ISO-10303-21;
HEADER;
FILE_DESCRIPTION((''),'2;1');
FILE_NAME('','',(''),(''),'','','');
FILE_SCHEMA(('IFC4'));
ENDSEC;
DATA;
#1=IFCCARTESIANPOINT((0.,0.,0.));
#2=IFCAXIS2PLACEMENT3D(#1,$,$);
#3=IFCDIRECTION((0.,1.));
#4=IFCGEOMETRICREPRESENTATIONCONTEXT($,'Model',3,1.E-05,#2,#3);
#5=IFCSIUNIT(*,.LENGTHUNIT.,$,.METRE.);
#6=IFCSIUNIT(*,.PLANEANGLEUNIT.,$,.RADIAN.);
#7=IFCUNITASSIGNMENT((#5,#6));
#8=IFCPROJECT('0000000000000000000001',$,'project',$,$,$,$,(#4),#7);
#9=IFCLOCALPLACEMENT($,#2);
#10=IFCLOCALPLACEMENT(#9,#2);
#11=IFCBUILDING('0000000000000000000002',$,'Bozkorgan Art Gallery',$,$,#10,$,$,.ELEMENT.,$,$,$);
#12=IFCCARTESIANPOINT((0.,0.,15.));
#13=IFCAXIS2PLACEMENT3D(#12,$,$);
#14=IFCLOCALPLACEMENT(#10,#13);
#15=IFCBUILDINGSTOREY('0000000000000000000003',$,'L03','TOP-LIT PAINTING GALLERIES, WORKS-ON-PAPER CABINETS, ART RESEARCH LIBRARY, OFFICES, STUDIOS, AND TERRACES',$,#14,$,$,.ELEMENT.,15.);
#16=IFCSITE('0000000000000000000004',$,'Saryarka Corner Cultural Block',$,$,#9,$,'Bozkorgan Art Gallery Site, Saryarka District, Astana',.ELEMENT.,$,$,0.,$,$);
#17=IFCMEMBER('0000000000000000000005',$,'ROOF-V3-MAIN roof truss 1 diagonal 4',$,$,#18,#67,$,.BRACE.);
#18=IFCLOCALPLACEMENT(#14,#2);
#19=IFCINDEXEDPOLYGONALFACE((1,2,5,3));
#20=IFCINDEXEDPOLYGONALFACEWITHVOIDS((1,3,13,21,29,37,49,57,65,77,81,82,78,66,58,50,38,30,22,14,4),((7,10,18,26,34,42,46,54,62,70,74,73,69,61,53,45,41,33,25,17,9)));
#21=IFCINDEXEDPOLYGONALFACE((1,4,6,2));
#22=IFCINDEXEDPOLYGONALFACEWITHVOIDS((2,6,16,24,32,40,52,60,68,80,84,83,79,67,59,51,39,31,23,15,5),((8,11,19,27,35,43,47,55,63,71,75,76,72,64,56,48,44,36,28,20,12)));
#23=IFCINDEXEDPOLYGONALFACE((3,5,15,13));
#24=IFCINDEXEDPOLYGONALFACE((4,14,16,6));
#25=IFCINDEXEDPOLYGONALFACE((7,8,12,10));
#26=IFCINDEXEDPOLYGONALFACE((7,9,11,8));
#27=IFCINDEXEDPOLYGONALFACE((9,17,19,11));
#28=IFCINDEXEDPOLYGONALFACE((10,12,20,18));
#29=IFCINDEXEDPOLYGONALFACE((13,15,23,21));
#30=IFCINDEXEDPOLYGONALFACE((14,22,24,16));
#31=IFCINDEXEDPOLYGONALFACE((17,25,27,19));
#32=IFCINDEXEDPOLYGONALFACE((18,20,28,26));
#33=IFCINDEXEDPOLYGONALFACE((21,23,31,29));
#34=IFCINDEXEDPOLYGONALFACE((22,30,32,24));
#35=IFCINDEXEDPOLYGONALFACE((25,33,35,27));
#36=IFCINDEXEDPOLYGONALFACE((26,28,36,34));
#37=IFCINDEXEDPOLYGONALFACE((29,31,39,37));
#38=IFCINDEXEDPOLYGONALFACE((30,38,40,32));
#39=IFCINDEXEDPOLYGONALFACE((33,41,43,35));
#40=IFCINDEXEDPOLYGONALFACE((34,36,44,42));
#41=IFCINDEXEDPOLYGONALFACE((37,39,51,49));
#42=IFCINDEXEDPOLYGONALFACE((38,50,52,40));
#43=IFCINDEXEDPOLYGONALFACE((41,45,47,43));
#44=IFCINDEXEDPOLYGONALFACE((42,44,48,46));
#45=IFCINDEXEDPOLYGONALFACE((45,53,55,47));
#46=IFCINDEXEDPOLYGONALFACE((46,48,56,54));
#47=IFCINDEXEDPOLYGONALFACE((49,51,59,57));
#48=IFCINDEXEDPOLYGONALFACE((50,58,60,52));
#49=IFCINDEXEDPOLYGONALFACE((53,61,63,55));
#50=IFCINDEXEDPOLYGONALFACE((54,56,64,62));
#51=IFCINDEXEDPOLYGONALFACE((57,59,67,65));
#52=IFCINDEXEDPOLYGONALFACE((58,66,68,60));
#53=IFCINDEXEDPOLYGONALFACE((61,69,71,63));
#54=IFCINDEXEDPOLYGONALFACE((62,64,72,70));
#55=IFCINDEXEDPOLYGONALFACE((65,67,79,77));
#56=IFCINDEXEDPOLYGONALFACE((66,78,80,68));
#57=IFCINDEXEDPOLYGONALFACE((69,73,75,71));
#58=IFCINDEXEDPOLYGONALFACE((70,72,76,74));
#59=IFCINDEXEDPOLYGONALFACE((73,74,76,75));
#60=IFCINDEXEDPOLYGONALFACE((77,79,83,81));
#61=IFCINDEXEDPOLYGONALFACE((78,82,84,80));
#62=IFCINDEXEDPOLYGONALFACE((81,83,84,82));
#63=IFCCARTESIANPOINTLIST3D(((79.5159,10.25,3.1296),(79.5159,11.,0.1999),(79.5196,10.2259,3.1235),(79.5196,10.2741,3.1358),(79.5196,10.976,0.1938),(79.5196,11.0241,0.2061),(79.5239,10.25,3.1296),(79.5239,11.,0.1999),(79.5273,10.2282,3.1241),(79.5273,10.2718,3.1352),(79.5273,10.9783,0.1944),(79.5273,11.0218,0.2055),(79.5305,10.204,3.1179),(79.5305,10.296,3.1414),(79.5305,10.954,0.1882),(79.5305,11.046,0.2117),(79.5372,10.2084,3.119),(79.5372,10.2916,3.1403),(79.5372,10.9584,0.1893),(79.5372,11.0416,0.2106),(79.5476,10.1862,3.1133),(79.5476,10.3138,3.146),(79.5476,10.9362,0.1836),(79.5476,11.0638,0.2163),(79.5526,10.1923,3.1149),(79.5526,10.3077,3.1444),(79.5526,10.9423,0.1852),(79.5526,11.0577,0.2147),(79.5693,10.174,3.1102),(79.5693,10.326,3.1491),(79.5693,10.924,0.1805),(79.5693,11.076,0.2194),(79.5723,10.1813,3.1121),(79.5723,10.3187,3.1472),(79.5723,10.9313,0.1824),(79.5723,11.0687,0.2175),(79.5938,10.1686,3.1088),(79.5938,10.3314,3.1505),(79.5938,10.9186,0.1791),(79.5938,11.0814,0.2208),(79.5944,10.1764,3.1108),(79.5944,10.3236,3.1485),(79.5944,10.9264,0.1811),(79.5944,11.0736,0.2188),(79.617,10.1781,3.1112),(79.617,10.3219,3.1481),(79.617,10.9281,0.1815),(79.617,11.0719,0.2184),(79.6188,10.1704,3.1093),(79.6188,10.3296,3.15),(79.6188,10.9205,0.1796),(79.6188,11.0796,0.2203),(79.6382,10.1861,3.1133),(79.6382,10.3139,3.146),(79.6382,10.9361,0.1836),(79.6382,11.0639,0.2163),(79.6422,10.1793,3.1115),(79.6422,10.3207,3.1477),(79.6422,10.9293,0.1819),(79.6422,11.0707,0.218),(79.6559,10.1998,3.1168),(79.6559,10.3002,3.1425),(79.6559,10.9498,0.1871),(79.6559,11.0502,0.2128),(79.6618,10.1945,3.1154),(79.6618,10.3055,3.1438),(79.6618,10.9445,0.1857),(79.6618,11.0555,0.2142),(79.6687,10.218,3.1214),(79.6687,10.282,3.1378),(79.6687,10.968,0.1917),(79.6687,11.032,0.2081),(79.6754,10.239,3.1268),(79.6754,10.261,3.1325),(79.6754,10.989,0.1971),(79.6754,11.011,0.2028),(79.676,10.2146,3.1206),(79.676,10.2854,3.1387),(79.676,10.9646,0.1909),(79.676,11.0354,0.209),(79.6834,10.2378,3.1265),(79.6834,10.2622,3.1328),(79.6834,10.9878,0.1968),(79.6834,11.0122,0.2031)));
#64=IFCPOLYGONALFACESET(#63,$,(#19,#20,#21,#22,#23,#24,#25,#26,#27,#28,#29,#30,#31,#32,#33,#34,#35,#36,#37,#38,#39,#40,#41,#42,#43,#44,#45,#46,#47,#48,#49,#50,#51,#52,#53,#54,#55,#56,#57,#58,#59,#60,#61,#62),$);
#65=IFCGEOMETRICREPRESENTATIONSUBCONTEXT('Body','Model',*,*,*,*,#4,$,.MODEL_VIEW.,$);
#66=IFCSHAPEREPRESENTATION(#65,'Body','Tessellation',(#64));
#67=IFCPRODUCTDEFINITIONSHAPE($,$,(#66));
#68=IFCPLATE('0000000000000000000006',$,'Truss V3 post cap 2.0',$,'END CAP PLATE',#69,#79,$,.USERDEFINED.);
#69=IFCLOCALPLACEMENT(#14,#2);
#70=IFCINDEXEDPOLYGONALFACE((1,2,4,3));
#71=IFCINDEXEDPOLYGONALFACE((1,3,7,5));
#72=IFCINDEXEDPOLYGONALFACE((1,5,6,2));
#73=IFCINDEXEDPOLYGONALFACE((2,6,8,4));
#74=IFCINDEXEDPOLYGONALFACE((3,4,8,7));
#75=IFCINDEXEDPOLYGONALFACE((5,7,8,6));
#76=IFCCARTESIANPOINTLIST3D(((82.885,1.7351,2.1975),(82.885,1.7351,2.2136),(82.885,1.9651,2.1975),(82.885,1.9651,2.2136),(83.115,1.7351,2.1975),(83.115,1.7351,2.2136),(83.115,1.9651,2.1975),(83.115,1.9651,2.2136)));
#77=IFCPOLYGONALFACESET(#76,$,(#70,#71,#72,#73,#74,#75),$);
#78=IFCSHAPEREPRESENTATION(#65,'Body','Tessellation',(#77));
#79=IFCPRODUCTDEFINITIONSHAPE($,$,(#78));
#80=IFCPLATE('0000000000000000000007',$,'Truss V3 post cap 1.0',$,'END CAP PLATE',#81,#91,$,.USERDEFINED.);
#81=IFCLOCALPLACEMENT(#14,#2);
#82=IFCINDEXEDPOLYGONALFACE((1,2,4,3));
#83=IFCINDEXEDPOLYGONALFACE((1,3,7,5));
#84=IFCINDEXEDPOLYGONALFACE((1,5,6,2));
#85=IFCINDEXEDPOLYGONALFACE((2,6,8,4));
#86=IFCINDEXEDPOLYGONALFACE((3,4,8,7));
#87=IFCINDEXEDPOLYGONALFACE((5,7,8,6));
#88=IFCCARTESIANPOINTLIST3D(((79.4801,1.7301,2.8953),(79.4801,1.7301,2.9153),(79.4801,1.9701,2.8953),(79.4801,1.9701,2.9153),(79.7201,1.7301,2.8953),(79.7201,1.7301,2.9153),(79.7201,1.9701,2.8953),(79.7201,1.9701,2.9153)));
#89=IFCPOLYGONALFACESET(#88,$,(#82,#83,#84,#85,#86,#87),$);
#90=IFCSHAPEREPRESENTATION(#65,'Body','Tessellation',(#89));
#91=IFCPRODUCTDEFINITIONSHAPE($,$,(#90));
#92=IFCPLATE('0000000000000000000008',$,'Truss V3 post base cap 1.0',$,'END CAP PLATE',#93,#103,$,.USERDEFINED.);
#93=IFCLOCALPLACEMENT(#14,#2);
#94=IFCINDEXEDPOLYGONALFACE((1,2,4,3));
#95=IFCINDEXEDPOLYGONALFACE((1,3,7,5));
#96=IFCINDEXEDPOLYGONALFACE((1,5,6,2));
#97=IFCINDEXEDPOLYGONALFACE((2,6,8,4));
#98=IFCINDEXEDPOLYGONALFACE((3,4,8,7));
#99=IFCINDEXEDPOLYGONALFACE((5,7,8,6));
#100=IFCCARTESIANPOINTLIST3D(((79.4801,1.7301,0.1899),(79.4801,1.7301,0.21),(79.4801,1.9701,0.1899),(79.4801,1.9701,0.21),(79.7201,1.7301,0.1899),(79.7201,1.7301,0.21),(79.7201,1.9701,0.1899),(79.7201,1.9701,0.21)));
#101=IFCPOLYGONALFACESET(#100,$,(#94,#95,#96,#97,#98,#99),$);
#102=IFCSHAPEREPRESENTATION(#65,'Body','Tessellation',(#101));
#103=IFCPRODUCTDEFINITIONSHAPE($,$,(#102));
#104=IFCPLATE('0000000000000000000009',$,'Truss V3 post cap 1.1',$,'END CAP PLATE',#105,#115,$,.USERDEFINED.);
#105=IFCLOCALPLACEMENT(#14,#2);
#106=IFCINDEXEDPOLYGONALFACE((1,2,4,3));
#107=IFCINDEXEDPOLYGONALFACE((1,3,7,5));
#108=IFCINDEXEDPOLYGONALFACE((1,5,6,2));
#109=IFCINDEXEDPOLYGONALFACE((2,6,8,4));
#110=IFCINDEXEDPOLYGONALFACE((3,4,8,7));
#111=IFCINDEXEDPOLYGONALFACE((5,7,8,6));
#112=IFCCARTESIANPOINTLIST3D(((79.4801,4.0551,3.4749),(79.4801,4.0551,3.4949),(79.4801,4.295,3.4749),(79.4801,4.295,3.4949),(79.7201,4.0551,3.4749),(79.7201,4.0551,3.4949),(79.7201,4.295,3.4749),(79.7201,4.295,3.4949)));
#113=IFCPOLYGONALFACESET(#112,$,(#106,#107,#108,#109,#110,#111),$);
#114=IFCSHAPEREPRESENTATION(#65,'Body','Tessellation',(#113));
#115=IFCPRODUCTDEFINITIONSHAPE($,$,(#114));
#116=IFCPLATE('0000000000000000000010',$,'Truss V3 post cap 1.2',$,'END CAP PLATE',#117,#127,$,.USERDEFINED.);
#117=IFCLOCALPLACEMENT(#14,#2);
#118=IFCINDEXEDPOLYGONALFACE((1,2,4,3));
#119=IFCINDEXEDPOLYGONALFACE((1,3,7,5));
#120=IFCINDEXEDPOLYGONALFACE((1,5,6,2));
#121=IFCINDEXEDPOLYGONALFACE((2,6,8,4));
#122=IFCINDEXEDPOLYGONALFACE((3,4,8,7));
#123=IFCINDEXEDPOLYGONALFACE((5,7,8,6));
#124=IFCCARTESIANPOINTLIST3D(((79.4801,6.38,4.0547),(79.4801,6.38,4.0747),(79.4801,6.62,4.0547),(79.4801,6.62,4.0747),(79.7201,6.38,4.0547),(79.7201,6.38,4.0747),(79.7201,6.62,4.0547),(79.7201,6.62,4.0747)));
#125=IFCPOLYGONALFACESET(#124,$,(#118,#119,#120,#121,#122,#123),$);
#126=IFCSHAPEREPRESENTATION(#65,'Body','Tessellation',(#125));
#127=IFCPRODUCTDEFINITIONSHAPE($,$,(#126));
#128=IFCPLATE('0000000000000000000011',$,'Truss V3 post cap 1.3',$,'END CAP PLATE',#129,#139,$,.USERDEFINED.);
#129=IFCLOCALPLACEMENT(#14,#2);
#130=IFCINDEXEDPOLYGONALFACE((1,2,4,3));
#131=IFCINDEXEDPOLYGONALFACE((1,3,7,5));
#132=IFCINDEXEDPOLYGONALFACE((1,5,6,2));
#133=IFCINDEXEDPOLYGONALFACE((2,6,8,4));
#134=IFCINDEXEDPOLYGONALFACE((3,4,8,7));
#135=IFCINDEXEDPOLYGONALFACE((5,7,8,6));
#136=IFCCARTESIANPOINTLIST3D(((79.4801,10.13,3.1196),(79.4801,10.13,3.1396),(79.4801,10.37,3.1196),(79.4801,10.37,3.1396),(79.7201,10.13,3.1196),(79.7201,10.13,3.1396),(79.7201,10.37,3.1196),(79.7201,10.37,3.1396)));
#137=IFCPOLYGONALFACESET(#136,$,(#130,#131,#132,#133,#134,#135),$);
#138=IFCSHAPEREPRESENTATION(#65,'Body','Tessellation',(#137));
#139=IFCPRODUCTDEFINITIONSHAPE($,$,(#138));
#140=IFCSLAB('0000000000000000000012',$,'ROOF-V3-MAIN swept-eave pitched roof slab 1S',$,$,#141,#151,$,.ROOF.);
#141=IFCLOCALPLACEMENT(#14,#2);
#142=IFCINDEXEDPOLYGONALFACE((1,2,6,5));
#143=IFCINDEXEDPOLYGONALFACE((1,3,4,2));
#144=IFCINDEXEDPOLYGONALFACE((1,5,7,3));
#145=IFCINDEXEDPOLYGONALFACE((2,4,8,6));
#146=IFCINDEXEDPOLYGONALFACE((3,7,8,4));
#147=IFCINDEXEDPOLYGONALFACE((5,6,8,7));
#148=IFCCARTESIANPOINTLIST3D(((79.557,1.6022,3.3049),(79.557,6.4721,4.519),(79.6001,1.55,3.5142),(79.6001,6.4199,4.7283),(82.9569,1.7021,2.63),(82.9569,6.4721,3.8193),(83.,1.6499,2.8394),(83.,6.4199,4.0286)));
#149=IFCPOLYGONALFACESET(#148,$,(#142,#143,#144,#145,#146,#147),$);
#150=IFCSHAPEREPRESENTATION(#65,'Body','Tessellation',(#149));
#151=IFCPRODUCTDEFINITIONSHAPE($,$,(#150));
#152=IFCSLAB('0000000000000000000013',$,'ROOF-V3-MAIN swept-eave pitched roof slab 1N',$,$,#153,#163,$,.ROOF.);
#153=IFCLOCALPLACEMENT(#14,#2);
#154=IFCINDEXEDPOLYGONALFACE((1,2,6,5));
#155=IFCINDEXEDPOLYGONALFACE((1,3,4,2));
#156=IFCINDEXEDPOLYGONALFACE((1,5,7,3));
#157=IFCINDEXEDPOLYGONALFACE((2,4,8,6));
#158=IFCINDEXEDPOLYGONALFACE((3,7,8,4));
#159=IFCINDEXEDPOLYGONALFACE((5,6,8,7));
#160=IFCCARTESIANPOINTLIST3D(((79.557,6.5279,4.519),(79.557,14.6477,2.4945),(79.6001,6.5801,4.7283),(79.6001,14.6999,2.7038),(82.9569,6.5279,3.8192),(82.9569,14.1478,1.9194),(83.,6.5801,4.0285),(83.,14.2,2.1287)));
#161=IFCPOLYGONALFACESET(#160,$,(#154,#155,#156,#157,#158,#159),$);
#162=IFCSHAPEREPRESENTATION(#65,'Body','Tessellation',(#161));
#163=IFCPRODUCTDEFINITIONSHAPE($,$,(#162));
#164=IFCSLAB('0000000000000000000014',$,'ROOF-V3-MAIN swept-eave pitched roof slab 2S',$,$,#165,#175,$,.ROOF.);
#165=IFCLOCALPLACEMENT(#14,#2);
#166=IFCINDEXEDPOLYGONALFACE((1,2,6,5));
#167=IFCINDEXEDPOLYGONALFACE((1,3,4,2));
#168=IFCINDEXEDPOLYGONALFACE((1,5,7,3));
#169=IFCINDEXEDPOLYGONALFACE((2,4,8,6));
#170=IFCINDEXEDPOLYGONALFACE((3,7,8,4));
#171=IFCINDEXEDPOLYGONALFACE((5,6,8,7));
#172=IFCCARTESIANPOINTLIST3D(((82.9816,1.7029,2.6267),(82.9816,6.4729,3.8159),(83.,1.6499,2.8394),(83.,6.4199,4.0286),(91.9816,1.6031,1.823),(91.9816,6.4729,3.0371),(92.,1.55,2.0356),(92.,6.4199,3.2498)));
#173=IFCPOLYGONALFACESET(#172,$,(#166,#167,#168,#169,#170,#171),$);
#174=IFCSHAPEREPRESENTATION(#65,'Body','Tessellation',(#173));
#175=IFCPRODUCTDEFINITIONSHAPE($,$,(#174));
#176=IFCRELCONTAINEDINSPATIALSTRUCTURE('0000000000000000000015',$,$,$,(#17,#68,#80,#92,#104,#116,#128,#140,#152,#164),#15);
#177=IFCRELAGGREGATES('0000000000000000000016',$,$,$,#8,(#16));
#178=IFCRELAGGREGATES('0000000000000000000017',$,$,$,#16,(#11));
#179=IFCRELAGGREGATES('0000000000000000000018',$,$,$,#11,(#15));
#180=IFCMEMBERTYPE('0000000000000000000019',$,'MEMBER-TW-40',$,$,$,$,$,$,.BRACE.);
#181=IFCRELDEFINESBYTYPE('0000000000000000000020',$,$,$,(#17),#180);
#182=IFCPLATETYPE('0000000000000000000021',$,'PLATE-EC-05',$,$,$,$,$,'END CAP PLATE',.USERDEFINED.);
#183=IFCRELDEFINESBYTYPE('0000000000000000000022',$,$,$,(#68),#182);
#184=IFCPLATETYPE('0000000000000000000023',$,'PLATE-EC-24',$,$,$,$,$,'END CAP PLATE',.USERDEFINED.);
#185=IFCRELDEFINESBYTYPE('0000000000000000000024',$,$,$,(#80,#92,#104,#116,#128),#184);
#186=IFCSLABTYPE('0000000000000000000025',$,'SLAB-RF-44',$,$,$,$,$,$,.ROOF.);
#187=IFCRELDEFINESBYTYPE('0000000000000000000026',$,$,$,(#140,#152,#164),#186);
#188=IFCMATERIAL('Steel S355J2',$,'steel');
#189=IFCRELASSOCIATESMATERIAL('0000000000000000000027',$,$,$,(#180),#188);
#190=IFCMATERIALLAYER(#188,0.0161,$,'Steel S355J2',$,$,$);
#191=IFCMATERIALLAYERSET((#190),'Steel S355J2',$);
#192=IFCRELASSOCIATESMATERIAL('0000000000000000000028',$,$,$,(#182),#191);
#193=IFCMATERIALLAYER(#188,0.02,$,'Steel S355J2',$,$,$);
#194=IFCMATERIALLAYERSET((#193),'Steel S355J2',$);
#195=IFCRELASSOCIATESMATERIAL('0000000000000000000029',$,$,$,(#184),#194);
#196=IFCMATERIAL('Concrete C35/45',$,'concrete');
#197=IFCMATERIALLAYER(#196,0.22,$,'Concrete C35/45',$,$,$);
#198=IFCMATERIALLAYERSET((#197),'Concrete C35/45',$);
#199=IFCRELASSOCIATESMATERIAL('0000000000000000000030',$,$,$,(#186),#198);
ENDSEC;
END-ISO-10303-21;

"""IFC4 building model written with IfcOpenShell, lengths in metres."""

from ifc_helpers import new_model, si_unit, direction, frame, origin, origin_2d, place, context, subcontext, project, spatial, polyline, rectangle, hollow_circle, outline, extrude, material, layer, layer_set, material_profile, profile_set, type_object, element, save


model = new_model("IFC4")

# Units and contexts
model_context = context("Model", 3, precision=1e-05, world=origin(), true_north=direction((0.0, 1.0)))
body_context = subcontext(model_context, "Body", "Model", "MODEL_VIEW")
ifc_project = project(units=[si_unit("LENGTHUNIT", "METRE"), si_unit("PLANEANGLEUNIT", "RADIAN")], contexts=[model_context])

# Site, building, storey
site_placement = place(None, origin())
site = spatial("IfcSite", under=ifc_project, at=site_placement, Name="Saryarka Corner Cultural Block", LongName="Bozkorgan Art Gallery Site, Saryarka District, Astana", CompositionType="ELEMENT", RefElevation=0.0)
building_placement = place(site_placement, origin())
building = spatial("IfcBuilding", under=site, at=building_placement, Name="Bozkorgan Art Gallery", CompositionType="ELEMENT")
storey_placement = place(building_placement, frame((0.0, 0.0, 15.0)))
storey = spatial("IfcBuildingStorey", under=building, at=storey_placement, Name="L03", Description="TOP-LIT PAINTING GALLERIES, WORKS-ON-PAPER CABINETS, ART RESEARCH LIBRARY, OFFICES, STUDIOS, AND TERRACES", CompositionType="ELEMENT", Elevation=15.0)

# Shared definitions
ifc_material_1 = material(Name="Steel S355J2", Category="steel")

# Member
ifc_material_profile_1 = material_profile(ifc_material_1, hollow_circle(Radius=0.0842, WallThickness=0.0081, at=origin_2d()), Name="CHS 168.3x8")
ifc_profile_set_1 = profile_set([ifc_material_profile_1], Name="Steel S355J2")
member_type_1 = type_object("IfcMemberType", Name="MEMBER-TW-40", PredefinedType="BRACE", material=ifc_profile_set_1)
member_1_placement = place(storey_placement, frame((79.6001, 10.25, 3.1296), z_axis=(0.0, 0.248002, -0.968759), x_axis=(-1.0, 0.0, 0.0)))
element("IfcMember", 1, at=member_1_placement, inside=storey, type_object=member_type_1, Name="ROOF-V3-MAIN roof truss 1 diagonal 4", PredefinedType="BRACE", context=body_context, shape_type="SweptSolid", body=[
    extrude(hollow_circle(Radius=0.0842, WallThickness=0.0081, at=origin_2d()), origin(), (0.0, 0.0, 1.0), 3.0242),
])

# Plates
ifc_layer_1 = layer(ifc_material_1, 0.0161, Name="Steel S355J2")
ifc_layer_set_1 = layer_set([ifc_layer_1], Name="Steel S355J2")
plate_type_1 = type_object("IfcPlateType", Name="PLATE-EC-05", ElementType="END CAP PLATE", PredefinedType="USERDEFINED", material=ifc_layer_set_1)
plate_placement = place(storey_placement, frame((83.0, 1.8501, 2.1975), z_axis=(0.0, 0.0, 1.0), x_axis=(1.0, 0.0, 0.0)))
element("IfcPlate", 2, at=plate_placement, inside=storey, type_object=plate_type_1, Name="Truss V3 post cap 2.0", ObjectType="END CAP PLATE", PredefinedType="USERDEFINED", context=body_context, shape_type="SweptSolid", body=[
    extrude(rectangle(XDim=0.23, YDim=0.23, at=origin_2d()), origin(), (0.0, 0.0, 1.0), 0.0161),
])
ifc_layer_2 = layer(ifc_material_1, 0.02, Name="Steel S355J2")
ifc_layer_set_2 = layer_set([ifc_layer_2], Name="Steel S355J2")
plate_type_2 = type_object("IfcPlateType", Name="PLATE-EC-24", ElementType="END CAP PLATE", PredefinedType="USERDEFINED", material=ifc_layer_set_2)
for number, where, z_axis, x_axis, name in (
    (3, (79.6001, 1.8501, 2.8953), (0.0, 0.0, 1.0), (1.0, 0.0, 0.0), "Truss V3 post cap 1.0"),
    (4, (79.6001, 1.8501, 0.1899), (0.0, 0.0, 1.0), (1.0, 0.0, 0.0), "Truss V3 post base cap 1.0"),
    (5, (79.6001, 4.175, 3.4749), (0.0, 0.0, 1.0), (1.0, 0.0, 0.0), "Truss V3 post cap 1.1"),
    (6, (79.6001, 6.5, 4.0547), (0.0, 0.0, 1.0), (1.0, 0.0, 0.0), "Truss V3 post cap 1.2"),
    (7, (79.6001, 10.25, 3.1196), (0.0, 0.0, 1.0), (1.0, 0.0, 0.0), "Truss V3 post cap 1.3"),
):
    element("IfcPlate", number, at=place(storey_placement, frame(where, z_axis=z_axis, x_axis=x_axis)), inside=storey, type_object=plate_type_2, Name=name, ObjectType="END CAP PLATE", PredefinedType="USERDEFINED", context=body_context, shape_type="SweptSolid", body=[
        extrude(rectangle(XDim=0.24, YDim=0.24, at=origin_2d()), origin(), (0.0, 0.0, 1.0), 0.02),
    ])

# Slabs
ifc_material_2 = material(Name="Concrete C35/45", Category="concrete")
ifc_layer_3 = layer(ifc_material_2, 0.22, Name="Concrete C35/45")
ifc_layer_set_3 = layer_set([ifc_layer_3], Name="Concrete C35/45")
slab_type = type_object("IfcSlabType", Name="SLAB-RF-44", PredefinedType="ROOF", material=ifc_layer_set_3)
slab_1_placement = place(storey_placement, frame((79.6001, 1.55, 3.5142), z_axis=(0.195823, -0.237222, 0.951514), x_axis=(0.98046, 0.028796, -0.1946)))
element("IfcSlab", 8, at=slab_1_placement, inside=storey, type_object=slab_type, Name="ROOF-V3-MAIN swept-eave pitched roof slab 1S", PredefinedType="ROOF", context=body_context, shape_type="SweptSolid", body=[
    extrude(outline(polyline([(0.0, 0.0), (3.4677, 0.0), (3.3736, 4.9151), (-0.096, 5.018), (0.0, 0.0)])), origin(), (0.0, 0.0, -1.0), 0.22),
])
slab_2_placement = place(storey_placement, frame((79.6001, 6.5801, 4.7283), z_axis=(0.195843, 0.237235, 0.951507), x_axis=(0.979469, -0.000005, -0.201597)))
element("IfcSlab", 9, at=slab_2_placement, inside=storey, type_object=slab_type, Name="ROOF-V3-MAIN swept-eave pitched roof slab 1N", PredefinedType="ROOF", context=body_context, shape_type="SweptSolid", body=[
    extrude(outline(polyline([(0.0, 0.0), (3.4712, 0.0), (3.8541, 7.8438), (0.4081, 8.3585), (0.0, 0.0)])), origin(), (0.0, 0.0, -1.0), 0.22),
])
slab_3_placement = place(storey_placement, frame((83.0, 1.6499, 2.8394), z_axis=(0.08367, -0.241057, 0.966898), x_axis=(0.995976, -0.01105, -0.088941)))
element("IfcSlab", 10, at=slab_3_placement, inside=storey, type_object=slab_type, Name="ROOF-V3-MAIN swept-eave pitched roof slab 2S", PredefinedType="ROOF", context=body_context, shape_type="SweptSolid", body=[
    extrude(outline(polyline([(0.0, 0.0), (9.0364, 0.0), (8.8746, 5.0163), (-0.1585, 4.9135), (0.0, 0.0)])), origin(), (0.0, 0.0, -1.0), 0.22),
])

save(model, "model.ifc")
